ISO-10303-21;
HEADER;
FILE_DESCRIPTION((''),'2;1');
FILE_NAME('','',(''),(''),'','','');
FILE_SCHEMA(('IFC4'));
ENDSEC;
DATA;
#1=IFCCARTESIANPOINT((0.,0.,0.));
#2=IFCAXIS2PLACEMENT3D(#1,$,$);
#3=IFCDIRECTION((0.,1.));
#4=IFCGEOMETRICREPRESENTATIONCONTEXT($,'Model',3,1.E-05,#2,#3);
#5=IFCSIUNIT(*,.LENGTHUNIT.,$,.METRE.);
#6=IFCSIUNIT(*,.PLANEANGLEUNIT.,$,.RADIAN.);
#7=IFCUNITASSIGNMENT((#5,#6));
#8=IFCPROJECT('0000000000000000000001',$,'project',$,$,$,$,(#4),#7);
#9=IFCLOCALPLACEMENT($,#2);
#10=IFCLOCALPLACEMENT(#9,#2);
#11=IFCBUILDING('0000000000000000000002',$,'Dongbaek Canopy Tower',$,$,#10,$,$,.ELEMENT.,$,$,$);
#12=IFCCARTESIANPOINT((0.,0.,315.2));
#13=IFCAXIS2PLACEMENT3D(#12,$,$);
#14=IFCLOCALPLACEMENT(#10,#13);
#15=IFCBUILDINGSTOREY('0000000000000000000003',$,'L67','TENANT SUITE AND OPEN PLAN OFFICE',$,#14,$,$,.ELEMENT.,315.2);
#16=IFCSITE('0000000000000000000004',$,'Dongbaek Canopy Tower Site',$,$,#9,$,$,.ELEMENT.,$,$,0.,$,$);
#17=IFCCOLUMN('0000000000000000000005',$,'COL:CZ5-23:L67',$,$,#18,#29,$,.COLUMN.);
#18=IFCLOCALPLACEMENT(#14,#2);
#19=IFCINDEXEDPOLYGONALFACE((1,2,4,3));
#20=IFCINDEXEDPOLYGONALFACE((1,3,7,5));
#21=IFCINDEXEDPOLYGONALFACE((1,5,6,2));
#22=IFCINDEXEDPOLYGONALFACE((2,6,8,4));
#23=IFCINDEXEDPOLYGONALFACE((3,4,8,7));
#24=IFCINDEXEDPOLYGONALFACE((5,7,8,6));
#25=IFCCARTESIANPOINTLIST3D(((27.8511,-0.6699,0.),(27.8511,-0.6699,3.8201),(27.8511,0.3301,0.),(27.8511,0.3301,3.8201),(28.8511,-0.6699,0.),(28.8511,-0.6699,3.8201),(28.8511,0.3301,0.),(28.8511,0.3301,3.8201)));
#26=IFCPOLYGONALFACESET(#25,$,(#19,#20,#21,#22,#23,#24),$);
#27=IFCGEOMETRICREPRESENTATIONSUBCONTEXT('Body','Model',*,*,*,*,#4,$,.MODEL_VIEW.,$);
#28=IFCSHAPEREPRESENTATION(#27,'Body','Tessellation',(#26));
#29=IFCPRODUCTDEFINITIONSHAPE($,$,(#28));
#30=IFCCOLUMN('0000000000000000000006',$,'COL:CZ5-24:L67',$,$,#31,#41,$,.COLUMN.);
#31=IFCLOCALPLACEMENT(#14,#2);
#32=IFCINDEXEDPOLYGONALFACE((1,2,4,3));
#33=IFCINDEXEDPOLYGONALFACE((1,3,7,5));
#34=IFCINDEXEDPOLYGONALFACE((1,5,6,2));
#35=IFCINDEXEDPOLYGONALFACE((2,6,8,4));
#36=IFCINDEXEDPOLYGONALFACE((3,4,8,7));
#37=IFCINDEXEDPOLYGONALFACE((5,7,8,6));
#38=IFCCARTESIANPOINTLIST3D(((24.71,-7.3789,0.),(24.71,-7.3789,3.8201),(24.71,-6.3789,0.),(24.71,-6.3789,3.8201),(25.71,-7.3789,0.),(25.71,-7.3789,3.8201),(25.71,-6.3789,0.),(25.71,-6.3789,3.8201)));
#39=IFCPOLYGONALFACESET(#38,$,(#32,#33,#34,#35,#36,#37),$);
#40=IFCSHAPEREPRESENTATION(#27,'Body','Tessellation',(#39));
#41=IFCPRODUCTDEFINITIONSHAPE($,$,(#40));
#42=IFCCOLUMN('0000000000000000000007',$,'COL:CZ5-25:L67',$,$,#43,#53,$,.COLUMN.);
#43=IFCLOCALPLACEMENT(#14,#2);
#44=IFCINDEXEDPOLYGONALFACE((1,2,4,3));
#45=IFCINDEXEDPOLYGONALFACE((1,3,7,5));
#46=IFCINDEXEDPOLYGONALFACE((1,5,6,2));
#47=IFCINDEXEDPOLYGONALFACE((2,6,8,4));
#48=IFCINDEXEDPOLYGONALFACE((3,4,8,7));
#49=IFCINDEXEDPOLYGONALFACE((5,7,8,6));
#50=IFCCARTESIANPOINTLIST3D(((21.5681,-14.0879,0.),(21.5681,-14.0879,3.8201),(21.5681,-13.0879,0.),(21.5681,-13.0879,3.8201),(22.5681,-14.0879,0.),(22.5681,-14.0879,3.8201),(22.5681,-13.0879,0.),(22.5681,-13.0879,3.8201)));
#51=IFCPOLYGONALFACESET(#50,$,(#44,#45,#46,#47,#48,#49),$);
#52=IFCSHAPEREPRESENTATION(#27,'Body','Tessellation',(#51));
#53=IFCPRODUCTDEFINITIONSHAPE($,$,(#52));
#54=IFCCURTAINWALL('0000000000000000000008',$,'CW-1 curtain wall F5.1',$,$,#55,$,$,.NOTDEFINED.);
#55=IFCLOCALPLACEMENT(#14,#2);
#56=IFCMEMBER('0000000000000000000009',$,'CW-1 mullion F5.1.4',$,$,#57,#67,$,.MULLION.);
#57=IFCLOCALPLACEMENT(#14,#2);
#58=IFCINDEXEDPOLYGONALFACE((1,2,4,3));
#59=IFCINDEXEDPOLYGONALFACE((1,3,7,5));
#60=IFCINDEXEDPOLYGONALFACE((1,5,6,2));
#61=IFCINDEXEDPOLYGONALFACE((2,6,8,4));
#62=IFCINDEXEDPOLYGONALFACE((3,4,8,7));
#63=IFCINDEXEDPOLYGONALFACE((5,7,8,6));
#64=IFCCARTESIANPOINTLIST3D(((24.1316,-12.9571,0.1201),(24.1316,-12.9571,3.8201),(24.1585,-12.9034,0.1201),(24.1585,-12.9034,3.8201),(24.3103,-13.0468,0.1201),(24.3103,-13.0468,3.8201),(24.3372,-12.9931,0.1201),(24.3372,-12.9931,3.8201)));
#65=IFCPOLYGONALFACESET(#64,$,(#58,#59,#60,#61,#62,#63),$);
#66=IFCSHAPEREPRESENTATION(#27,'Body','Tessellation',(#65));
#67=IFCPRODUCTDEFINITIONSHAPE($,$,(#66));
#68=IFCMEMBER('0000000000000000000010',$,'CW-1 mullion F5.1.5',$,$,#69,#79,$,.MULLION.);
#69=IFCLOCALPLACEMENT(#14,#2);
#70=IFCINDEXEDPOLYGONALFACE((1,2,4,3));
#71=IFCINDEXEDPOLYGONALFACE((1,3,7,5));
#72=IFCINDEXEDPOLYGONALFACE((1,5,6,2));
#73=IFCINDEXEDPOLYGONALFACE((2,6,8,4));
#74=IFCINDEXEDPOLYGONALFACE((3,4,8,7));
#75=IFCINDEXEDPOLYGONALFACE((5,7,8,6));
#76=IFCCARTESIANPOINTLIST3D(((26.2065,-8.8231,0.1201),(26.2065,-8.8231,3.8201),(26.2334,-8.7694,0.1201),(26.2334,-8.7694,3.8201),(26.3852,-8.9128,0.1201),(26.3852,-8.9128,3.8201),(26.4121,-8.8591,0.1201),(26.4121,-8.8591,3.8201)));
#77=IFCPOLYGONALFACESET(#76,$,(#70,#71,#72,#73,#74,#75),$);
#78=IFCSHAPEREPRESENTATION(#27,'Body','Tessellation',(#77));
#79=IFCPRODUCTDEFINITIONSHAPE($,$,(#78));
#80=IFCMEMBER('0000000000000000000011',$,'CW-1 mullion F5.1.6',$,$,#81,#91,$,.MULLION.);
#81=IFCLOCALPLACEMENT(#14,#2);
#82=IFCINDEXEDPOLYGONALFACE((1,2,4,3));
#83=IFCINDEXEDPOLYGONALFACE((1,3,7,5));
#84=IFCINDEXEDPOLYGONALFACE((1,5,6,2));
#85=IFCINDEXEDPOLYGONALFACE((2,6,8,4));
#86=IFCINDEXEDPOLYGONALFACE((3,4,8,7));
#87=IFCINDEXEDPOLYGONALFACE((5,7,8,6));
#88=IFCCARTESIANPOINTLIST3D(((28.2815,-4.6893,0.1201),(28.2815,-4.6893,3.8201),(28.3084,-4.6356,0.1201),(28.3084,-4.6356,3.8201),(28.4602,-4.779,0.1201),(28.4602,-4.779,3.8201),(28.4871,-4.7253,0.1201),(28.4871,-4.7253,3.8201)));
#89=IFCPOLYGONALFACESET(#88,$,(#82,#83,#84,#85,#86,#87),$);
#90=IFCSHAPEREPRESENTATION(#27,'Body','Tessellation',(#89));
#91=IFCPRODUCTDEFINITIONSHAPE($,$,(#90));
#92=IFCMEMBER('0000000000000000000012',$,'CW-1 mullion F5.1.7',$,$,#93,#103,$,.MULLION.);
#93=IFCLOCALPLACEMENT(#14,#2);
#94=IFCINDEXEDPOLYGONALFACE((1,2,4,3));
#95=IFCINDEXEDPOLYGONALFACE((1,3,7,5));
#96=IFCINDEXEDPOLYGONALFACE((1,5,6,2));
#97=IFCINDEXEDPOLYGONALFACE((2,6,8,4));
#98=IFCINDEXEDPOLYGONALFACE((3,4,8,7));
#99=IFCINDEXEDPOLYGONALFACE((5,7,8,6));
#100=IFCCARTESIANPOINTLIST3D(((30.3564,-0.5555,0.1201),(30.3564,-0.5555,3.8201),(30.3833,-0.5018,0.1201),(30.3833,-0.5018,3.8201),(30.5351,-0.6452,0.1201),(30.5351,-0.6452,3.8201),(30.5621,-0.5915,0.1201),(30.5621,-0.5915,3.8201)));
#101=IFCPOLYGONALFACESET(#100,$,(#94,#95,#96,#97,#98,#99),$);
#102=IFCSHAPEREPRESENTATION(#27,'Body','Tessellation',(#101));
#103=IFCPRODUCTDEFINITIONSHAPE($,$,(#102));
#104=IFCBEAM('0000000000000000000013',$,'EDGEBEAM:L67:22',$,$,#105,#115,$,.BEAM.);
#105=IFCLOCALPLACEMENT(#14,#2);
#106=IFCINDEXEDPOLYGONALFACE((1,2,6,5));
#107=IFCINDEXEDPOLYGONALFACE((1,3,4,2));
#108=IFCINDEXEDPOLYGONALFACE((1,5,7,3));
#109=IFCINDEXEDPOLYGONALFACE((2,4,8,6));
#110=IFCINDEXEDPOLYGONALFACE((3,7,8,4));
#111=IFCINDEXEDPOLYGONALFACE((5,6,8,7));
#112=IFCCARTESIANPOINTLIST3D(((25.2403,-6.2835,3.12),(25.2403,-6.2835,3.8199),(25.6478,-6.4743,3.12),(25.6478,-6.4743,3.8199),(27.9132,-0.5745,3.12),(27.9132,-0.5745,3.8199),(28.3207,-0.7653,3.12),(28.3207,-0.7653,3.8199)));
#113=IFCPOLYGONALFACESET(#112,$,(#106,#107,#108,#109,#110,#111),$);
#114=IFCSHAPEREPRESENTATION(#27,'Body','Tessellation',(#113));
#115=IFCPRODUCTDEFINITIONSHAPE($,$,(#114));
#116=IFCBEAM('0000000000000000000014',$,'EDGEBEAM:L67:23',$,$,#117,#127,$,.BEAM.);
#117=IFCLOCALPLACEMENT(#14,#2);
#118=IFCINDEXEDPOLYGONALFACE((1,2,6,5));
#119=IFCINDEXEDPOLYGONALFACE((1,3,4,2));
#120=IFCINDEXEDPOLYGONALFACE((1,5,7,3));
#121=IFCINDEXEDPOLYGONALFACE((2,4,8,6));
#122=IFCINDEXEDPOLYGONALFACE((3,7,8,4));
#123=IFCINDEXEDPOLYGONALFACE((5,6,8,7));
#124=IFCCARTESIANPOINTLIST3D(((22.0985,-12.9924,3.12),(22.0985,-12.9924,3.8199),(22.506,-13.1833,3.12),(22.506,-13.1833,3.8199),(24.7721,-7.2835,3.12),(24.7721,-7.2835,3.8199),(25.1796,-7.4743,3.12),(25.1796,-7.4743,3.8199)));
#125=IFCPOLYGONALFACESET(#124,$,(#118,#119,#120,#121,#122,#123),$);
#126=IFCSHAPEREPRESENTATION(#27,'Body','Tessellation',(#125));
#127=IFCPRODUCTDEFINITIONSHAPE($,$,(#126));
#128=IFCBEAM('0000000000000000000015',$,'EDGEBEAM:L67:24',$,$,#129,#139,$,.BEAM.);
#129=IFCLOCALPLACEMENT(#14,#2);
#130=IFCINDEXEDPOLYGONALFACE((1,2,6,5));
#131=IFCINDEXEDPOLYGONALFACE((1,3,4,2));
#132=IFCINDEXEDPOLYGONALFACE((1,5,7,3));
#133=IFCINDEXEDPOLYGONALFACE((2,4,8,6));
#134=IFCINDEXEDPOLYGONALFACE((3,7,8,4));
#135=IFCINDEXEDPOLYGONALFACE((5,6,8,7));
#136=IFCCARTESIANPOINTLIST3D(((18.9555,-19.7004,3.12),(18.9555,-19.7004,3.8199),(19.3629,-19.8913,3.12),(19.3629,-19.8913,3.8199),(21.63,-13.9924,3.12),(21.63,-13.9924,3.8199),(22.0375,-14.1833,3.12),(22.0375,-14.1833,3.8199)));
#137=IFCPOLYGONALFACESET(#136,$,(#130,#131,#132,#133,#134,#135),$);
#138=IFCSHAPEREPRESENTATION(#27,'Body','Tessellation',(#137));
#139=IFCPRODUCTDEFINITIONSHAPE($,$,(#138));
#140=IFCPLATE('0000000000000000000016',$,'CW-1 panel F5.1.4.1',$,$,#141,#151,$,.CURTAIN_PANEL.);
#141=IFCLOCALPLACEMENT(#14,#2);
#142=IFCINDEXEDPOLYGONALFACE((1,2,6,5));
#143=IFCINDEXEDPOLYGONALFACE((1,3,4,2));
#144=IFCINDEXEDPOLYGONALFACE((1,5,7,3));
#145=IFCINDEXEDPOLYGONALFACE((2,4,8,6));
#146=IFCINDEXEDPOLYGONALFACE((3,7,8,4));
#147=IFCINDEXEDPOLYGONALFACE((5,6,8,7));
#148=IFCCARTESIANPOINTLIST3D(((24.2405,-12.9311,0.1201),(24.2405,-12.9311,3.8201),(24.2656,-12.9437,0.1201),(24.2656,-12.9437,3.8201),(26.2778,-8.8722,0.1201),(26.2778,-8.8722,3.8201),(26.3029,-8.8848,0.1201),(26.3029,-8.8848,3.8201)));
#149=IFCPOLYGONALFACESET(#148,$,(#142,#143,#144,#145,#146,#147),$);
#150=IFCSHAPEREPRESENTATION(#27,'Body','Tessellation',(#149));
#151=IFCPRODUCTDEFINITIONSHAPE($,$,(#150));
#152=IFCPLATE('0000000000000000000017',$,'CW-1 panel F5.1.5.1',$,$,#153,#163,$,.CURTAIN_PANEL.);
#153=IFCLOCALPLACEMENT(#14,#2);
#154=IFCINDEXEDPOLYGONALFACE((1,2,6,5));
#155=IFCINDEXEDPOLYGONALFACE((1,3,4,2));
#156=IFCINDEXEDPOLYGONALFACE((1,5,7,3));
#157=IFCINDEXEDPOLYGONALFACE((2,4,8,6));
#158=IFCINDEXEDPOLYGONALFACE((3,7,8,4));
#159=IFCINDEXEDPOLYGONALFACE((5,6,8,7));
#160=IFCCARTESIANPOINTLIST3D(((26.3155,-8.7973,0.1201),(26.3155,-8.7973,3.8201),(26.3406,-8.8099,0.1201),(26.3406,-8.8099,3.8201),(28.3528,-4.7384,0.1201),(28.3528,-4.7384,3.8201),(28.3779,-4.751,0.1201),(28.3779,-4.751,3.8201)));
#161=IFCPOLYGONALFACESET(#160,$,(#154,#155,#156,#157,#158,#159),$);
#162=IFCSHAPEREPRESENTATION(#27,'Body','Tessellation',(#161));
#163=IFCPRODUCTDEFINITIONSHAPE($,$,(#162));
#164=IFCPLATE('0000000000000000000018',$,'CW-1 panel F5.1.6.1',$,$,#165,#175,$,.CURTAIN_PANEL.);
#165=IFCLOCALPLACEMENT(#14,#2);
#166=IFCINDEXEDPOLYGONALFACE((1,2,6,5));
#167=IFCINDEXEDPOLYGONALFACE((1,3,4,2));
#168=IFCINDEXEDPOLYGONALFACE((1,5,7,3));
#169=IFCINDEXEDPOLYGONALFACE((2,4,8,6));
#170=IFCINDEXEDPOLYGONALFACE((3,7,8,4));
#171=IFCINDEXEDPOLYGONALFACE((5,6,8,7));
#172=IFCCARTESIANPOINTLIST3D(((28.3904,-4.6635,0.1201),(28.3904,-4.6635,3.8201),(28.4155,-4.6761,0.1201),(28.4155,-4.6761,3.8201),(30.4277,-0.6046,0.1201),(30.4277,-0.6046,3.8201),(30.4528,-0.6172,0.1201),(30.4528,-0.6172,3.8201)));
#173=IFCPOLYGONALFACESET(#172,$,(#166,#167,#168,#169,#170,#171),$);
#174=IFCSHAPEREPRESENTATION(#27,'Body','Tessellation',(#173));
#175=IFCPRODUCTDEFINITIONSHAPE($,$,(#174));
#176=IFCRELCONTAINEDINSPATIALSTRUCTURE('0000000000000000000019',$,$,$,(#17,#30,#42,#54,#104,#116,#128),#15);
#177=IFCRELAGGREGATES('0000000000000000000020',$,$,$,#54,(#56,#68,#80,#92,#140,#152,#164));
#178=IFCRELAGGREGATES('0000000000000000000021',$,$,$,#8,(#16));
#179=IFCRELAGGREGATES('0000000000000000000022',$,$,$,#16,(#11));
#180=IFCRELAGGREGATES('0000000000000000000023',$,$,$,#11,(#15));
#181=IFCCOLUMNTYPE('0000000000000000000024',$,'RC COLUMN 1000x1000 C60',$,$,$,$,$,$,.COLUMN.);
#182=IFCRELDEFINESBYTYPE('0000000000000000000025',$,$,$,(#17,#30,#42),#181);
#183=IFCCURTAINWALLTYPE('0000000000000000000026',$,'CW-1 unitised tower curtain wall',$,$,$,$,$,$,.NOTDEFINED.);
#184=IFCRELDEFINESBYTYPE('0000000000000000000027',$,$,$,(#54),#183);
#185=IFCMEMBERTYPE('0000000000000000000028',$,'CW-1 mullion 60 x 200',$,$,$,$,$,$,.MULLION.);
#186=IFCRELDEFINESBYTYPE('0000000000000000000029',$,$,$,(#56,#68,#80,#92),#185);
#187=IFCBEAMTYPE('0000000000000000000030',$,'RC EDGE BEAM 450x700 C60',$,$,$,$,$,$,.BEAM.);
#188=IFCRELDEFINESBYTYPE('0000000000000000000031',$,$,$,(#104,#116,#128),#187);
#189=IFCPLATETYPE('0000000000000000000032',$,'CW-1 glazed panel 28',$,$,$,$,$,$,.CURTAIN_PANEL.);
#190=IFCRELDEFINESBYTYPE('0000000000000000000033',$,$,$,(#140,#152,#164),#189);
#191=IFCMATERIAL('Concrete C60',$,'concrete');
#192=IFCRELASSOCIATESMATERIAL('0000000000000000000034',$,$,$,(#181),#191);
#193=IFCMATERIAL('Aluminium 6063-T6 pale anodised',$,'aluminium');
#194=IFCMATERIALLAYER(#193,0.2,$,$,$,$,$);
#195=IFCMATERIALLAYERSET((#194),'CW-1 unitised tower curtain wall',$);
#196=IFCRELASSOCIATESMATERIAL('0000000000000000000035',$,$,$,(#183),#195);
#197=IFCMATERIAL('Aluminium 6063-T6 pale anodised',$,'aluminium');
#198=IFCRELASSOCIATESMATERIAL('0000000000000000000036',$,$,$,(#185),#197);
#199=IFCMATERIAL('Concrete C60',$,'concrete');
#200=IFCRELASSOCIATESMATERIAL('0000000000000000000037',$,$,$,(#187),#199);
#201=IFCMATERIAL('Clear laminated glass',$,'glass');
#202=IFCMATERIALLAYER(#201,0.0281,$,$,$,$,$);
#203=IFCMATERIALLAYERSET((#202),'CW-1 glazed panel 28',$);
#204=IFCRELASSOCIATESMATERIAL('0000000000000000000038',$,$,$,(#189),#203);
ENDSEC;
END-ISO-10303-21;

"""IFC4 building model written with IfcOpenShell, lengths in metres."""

from ifc_helpers import new_model, si_unit, direction, frame, origin, origin_2d, place, context, subcontext, project, spatial, rectangle, extrude, material, layer, layer_set, material_profile, profile_set, type_object, element, aggregate, save


model = new_model("IFC4")

# Units and contexts
model_context = context("Model", 3, precision=1e-05, world=origin(), true_north=direction((0.0, 1.0)))
body_context = subcontext(model_context, "Body", "Model", "MODEL_VIEW")
ifc_project = project(units=[si_unit("LENGTHUNIT", "METRE"), si_unit("PLANEANGLEUNIT", "RADIAN")], contexts=[model_context])

# Site, building, storey
site_placement = place(None, origin())
site = spatial("IfcSite", under=ifc_project, at=site_placement, Name="Dongbaek Canopy Tower Site", CompositionType="ELEMENT", RefElevation=0.0)
building_placement = place(site_placement, origin())
building = spatial("IfcBuilding", under=site, at=building_placement, Name="Dongbaek Canopy Tower", CompositionType="ELEMENT")
storey_placement = place(building_placement, frame((0.0, 0.0, 315.2)))
storey = spatial("IfcBuildingStorey", under=building, at=storey_placement, Name="L67", Description="TENANT SUITE AND OPEN PLAN OFFICE", CompositionType="ELEMENT", Elevation=315.2)

# Columns
ifc_material_1 = material(Name="Concrete C60", Category="concrete")
ifc_material_profile_1 = material_profile(ifc_material_1, rectangle(XDim=1.0, YDim=1.0, at=origin_2d()), Name="RC COLUMN 1000x1000 C60")
ifc_profile_set_1 = profile_set([ifc_material_profile_1], Name="Concrete C60")
column_type = type_object("IfcColumnType", Name="RC COLUMN 1000x1000 C60", PredefinedType="COLUMN", material=ifc_profile_set_1)
for number, where, z_axis, x_axis, name in (
    (1, (28.3511, -0.1699, 0.0), (0.0, 0.0, 1.0), (1.0, 0.0, 0.0), "COL:CZ5-23:L67"),
    (2, (25.21, -6.8789, 0.0), (0.0, 0.0, 1.0), (1.0, 0.0, 0.0), "COL:CZ5-24:L67"),
    (3, (22.0681, -13.5879, 0.0), (0.0, 0.0, 1.0), (1.0, 0.0, 0.0), "COL:CZ5-25:L67"),
):
    element("IfcColumn", number, at=place(storey_placement, frame(where, z_axis=z_axis, x_axis=x_axis)), inside=storey, type_object=column_type, Name=name, PredefinedType="COLUMN", context=body_context, shape_type="SweptSolid", body=[
        extrude(rectangle(XDim=1.0, YDim=1.0, at=origin_2d()), origin(), (0.0, 0.0, 1.0), 3.8201),
    ])

# Curtain wall, members
ifc_material_2 = material(Name="Aluminium 6063-T6 pale anodised", Category="aluminium")
ifc_layer_1 = layer(ifc_material_2, 0.2)
ifc_layer_set_1 = layer_set([ifc_layer_1], Name="CW-1 unitised tower curtain wall")
curtain_wall_type = type_object("IfcCurtainWallType", Name="CW-1 unitised tower curtain wall", PredefinedType="NOTDEFINED", material=ifc_layer_set_1)
curtain_wall_placement = place(storey_placement, origin())
curtain_wall = element("IfcCurtainWall", 4, at=curtain_wall_placement, inside=storey, type_object=curtain_wall_type, Name="CW-1 curtain wall F5.1", PredefinedType="NOTDEFINED")
ifc_material_3 = material(Name="Aluminium 6063-T6 pale anodised", Category="aluminium")
ifc_material_profile_2 = material_profile(ifc_material_3, rectangle(XDim=0.2, YDim=0.0601, at=origin_2d()), Name="CW-1 mullion 60 x 200")
ifc_profile_set_2 = profile_set([ifc_material_profile_2], Name="Aluminium 6063-T6 pale anodised")
member_type = type_object("IfcMemberType", Name="CW-1 mullion 60 x 200", PredefinedType="MULLION", material=ifc_profile_set_2)
member_1_placement = place(storey_placement, frame((24.2344, -12.9751, 0.1201), z_axis=(0.0, 0.0, 1.0), x_axis=(0.893733, -0.448598, 0.0)))
member_1 = element("IfcMember", 5, at=member_1_placement, type_object=member_type, Name="CW-1 mullion F5.1.4", PredefinedType="MULLION", context=body_context, shape_type="SweptSolid", body=[
    extrude(rectangle(XDim=0.2, YDim=0.0601, at=origin_2d()), origin(), (0.0, 0.0, 1.0), 3.7),
])
member_2_placement = place(storey_placement, frame((26.3093, -8.8411, 0.1201), z_axis=(0.0, 0.0, 1.0), x_axis=(0.893733, -0.448598, 0.0)))
member_2 = element("IfcMember", 6, at=member_2_placement, type_object=member_type, Name="CW-1 mullion F5.1.5", PredefinedType="MULLION", context=body_context, shape_type="SweptSolid", body=[
    extrude(rectangle(XDim=0.2, YDim=0.0601, at=origin_2d()), origin(), (0.0, 0.0, 1.0), 3.7),
])
member_3_placement = place(storey_placement, frame((28.3843, -4.7073, 0.1201), z_axis=(0.0, 0.0, 1.0), x_axis=(0.893733, -0.448598, 0.0)))
member_3 = element("IfcMember", 7, at=member_3_placement, type_object=member_type, Name="CW-1 mullion F5.1.6", PredefinedType="MULLION", context=body_context, shape_type="SweptSolid", body=[
    extrude(rectangle(XDim=0.2, YDim=0.0601, at=origin_2d()), origin(), (0.0, 0.0, 1.0), 3.7),
])
member_4_placement = place(storey_placement, frame((30.4592, -0.5735, 0.1201), z_axis=(0.0, 0.0, 1.0), x_axis=(0.893733, -0.448598, 0.0)))
member_4 = element("IfcMember", 8, at=member_4_placement, type_object=member_type, Name="CW-1 mullion F5.1.7", PredefinedType="MULLION", context=body_context, shape_type="SweptSolid", body=[
    extrude(rectangle(XDim=0.2, YDim=0.0601, at=origin_2d()), origin(), (0.0, 0.0, 1.0), 3.7),
])

# Beams
ifc_material_4 = material(Name="Concrete C60", Category="concrete")
ifc_material_profile_3 = material_profile(ifc_material_4, rectangle(XDim=0.45, YDim=0.7, at=origin_2d()), Name="RC EDGE BEAM 450x700 C60")
ifc_profile_set_3 = profile_set([ifc_material_profile_3], Name="Concrete C60")
beam_type = type_object("IfcBeamType", Name="RC EDGE BEAM 450x700 C60", PredefinedType="BEAM", material=ifc_profile_set_3)
beam_1_placement = place(storey_placement, frame((28.1169, -0.6699, 3.47), z_axis=(-0.424013, -0.905656, 0.0), x_axis=(0.905656, -0.424013, 0.0)))
element("IfcBeam", 9, at=beam_1_placement, inside=storey, type_object=beam_type, Name="EDGEBEAM:L67:22", PredefinedType="BEAM", context=body_context, shape_type="SweptSolid", body=[
    extrude(rectangle(XDim=0.45, YDim=0.7, at=origin_2d()), origin(), (0.0, 0.0, 1.0), 6.3037),
])
beam_2_placement = place(storey_placement, frame((24.9758, -7.3789, 3.47), z_axis=(-0.424108, -0.905611, 0.0), x_axis=(0.905611, -0.424108, 0.0)))
element("IfcBeam", 10, at=beam_2_placement, inside=storey, type_object=beam_type, Name="EDGEBEAM:L67:23", PredefinedType="BEAM", context=body_context, shape_type="SweptSolid", body=[
    extrude(rectangle(XDim=0.45, YDim=0.7, at=origin_2d()), origin(), (0.0, 0.0, 1.0), 6.304),
])
beam_3_placement = place(storey_placement, frame((21.8337, -14.0879, 3.47), z_axis=(-0.424295, -0.905524, 0.0), x_axis=(0.905524, -0.424295, 0.0)))
element("IfcBeam", 11, at=beam_3_placement, inside=storey, type_object=beam_type, Name="EDGEBEAM:L67:24", PredefinedType="BEAM", context=body_context, shape_type="SweptSolid", body=[
    extrude(rectangle(XDim=0.45, YDim=0.7, at=origin_2d()), origin(), (0.0, 0.0, 1.0), 6.3035),
])

# Plates
ifc_material_5 = material(Name="Clear laminated glass", Category="glass")
ifc_layer_2 = layer(ifc_material_5, 0.0281)
ifc_layer_set_2 = layer_set([ifc_layer_2], Name="CW-1 glazed panel 28")
plate_type = type_object("IfcPlateType", Name="CW-1 glazed panel 28", PredefinedType="CURTAIN_PANEL", material=ifc_layer_set_2)
plate_1_placement = place(storey_placement, frame((25.2717, -10.908, 0.1201), z_axis=(0.0, 0.0, 1.0), x_axis=(0.448598, 0.893733, 0.0)))
plate_1 = element("IfcPlate", 12, at=plate_1_placement, type_object=plate_type, Name="CW-1 panel F5.1.4.1", PredefinedType="CURTAIN_PANEL", context=body_context, shape_type="SweptSolid", body=[
    extrude(rectangle(XDim=4.5415, YDim=0.0281, at=origin_2d()), origin(), (0.0, 0.0, 1.0), 3.7),
])
plate_2_placement = place(storey_placement, frame((27.3467, -6.7742, 0.1201), z_axis=(0.0, 0.0, 1.0), x_axis=(0.448598, 0.893733, 0.0)))
plate_2 = element("IfcPlate", 13, at=plate_2_placement, type_object=plate_type, Name="CW-1 panel F5.1.5.1", PredefinedType="CURTAIN_PANEL", context=body_context, shape_type="SweptSolid", body=[
    extrude(rectangle(XDim=4.5415, YDim=0.0281, at=origin_2d()), origin(), (0.0, 0.0, 1.0), 3.7),
])
plate_3_placement = place(storey_placement, frame((29.4216, -2.6404, 0.1201), z_axis=(0.0, 0.0, 1.0), x_axis=(0.448598, 0.893733, 0.0)))
plate_3 = element("IfcPlate", 14, at=plate_3_placement, type_object=plate_type, Name="CW-1 panel F5.1.6.1", PredefinedType="CURTAIN_PANEL", context=body_context, shape_type="SweptSolid", body=[
    extrude(rectangle(XDim=4.5415, YDim=0.0281, at=origin_2d()), origin(), (0.0, 0.0, 1.0), 3.7),
])

aggregate(curtain_wall, [member_1, member_2, member_3, member_4, plate_1, plate_2, plate_3])

save(model, "model.ifc")
